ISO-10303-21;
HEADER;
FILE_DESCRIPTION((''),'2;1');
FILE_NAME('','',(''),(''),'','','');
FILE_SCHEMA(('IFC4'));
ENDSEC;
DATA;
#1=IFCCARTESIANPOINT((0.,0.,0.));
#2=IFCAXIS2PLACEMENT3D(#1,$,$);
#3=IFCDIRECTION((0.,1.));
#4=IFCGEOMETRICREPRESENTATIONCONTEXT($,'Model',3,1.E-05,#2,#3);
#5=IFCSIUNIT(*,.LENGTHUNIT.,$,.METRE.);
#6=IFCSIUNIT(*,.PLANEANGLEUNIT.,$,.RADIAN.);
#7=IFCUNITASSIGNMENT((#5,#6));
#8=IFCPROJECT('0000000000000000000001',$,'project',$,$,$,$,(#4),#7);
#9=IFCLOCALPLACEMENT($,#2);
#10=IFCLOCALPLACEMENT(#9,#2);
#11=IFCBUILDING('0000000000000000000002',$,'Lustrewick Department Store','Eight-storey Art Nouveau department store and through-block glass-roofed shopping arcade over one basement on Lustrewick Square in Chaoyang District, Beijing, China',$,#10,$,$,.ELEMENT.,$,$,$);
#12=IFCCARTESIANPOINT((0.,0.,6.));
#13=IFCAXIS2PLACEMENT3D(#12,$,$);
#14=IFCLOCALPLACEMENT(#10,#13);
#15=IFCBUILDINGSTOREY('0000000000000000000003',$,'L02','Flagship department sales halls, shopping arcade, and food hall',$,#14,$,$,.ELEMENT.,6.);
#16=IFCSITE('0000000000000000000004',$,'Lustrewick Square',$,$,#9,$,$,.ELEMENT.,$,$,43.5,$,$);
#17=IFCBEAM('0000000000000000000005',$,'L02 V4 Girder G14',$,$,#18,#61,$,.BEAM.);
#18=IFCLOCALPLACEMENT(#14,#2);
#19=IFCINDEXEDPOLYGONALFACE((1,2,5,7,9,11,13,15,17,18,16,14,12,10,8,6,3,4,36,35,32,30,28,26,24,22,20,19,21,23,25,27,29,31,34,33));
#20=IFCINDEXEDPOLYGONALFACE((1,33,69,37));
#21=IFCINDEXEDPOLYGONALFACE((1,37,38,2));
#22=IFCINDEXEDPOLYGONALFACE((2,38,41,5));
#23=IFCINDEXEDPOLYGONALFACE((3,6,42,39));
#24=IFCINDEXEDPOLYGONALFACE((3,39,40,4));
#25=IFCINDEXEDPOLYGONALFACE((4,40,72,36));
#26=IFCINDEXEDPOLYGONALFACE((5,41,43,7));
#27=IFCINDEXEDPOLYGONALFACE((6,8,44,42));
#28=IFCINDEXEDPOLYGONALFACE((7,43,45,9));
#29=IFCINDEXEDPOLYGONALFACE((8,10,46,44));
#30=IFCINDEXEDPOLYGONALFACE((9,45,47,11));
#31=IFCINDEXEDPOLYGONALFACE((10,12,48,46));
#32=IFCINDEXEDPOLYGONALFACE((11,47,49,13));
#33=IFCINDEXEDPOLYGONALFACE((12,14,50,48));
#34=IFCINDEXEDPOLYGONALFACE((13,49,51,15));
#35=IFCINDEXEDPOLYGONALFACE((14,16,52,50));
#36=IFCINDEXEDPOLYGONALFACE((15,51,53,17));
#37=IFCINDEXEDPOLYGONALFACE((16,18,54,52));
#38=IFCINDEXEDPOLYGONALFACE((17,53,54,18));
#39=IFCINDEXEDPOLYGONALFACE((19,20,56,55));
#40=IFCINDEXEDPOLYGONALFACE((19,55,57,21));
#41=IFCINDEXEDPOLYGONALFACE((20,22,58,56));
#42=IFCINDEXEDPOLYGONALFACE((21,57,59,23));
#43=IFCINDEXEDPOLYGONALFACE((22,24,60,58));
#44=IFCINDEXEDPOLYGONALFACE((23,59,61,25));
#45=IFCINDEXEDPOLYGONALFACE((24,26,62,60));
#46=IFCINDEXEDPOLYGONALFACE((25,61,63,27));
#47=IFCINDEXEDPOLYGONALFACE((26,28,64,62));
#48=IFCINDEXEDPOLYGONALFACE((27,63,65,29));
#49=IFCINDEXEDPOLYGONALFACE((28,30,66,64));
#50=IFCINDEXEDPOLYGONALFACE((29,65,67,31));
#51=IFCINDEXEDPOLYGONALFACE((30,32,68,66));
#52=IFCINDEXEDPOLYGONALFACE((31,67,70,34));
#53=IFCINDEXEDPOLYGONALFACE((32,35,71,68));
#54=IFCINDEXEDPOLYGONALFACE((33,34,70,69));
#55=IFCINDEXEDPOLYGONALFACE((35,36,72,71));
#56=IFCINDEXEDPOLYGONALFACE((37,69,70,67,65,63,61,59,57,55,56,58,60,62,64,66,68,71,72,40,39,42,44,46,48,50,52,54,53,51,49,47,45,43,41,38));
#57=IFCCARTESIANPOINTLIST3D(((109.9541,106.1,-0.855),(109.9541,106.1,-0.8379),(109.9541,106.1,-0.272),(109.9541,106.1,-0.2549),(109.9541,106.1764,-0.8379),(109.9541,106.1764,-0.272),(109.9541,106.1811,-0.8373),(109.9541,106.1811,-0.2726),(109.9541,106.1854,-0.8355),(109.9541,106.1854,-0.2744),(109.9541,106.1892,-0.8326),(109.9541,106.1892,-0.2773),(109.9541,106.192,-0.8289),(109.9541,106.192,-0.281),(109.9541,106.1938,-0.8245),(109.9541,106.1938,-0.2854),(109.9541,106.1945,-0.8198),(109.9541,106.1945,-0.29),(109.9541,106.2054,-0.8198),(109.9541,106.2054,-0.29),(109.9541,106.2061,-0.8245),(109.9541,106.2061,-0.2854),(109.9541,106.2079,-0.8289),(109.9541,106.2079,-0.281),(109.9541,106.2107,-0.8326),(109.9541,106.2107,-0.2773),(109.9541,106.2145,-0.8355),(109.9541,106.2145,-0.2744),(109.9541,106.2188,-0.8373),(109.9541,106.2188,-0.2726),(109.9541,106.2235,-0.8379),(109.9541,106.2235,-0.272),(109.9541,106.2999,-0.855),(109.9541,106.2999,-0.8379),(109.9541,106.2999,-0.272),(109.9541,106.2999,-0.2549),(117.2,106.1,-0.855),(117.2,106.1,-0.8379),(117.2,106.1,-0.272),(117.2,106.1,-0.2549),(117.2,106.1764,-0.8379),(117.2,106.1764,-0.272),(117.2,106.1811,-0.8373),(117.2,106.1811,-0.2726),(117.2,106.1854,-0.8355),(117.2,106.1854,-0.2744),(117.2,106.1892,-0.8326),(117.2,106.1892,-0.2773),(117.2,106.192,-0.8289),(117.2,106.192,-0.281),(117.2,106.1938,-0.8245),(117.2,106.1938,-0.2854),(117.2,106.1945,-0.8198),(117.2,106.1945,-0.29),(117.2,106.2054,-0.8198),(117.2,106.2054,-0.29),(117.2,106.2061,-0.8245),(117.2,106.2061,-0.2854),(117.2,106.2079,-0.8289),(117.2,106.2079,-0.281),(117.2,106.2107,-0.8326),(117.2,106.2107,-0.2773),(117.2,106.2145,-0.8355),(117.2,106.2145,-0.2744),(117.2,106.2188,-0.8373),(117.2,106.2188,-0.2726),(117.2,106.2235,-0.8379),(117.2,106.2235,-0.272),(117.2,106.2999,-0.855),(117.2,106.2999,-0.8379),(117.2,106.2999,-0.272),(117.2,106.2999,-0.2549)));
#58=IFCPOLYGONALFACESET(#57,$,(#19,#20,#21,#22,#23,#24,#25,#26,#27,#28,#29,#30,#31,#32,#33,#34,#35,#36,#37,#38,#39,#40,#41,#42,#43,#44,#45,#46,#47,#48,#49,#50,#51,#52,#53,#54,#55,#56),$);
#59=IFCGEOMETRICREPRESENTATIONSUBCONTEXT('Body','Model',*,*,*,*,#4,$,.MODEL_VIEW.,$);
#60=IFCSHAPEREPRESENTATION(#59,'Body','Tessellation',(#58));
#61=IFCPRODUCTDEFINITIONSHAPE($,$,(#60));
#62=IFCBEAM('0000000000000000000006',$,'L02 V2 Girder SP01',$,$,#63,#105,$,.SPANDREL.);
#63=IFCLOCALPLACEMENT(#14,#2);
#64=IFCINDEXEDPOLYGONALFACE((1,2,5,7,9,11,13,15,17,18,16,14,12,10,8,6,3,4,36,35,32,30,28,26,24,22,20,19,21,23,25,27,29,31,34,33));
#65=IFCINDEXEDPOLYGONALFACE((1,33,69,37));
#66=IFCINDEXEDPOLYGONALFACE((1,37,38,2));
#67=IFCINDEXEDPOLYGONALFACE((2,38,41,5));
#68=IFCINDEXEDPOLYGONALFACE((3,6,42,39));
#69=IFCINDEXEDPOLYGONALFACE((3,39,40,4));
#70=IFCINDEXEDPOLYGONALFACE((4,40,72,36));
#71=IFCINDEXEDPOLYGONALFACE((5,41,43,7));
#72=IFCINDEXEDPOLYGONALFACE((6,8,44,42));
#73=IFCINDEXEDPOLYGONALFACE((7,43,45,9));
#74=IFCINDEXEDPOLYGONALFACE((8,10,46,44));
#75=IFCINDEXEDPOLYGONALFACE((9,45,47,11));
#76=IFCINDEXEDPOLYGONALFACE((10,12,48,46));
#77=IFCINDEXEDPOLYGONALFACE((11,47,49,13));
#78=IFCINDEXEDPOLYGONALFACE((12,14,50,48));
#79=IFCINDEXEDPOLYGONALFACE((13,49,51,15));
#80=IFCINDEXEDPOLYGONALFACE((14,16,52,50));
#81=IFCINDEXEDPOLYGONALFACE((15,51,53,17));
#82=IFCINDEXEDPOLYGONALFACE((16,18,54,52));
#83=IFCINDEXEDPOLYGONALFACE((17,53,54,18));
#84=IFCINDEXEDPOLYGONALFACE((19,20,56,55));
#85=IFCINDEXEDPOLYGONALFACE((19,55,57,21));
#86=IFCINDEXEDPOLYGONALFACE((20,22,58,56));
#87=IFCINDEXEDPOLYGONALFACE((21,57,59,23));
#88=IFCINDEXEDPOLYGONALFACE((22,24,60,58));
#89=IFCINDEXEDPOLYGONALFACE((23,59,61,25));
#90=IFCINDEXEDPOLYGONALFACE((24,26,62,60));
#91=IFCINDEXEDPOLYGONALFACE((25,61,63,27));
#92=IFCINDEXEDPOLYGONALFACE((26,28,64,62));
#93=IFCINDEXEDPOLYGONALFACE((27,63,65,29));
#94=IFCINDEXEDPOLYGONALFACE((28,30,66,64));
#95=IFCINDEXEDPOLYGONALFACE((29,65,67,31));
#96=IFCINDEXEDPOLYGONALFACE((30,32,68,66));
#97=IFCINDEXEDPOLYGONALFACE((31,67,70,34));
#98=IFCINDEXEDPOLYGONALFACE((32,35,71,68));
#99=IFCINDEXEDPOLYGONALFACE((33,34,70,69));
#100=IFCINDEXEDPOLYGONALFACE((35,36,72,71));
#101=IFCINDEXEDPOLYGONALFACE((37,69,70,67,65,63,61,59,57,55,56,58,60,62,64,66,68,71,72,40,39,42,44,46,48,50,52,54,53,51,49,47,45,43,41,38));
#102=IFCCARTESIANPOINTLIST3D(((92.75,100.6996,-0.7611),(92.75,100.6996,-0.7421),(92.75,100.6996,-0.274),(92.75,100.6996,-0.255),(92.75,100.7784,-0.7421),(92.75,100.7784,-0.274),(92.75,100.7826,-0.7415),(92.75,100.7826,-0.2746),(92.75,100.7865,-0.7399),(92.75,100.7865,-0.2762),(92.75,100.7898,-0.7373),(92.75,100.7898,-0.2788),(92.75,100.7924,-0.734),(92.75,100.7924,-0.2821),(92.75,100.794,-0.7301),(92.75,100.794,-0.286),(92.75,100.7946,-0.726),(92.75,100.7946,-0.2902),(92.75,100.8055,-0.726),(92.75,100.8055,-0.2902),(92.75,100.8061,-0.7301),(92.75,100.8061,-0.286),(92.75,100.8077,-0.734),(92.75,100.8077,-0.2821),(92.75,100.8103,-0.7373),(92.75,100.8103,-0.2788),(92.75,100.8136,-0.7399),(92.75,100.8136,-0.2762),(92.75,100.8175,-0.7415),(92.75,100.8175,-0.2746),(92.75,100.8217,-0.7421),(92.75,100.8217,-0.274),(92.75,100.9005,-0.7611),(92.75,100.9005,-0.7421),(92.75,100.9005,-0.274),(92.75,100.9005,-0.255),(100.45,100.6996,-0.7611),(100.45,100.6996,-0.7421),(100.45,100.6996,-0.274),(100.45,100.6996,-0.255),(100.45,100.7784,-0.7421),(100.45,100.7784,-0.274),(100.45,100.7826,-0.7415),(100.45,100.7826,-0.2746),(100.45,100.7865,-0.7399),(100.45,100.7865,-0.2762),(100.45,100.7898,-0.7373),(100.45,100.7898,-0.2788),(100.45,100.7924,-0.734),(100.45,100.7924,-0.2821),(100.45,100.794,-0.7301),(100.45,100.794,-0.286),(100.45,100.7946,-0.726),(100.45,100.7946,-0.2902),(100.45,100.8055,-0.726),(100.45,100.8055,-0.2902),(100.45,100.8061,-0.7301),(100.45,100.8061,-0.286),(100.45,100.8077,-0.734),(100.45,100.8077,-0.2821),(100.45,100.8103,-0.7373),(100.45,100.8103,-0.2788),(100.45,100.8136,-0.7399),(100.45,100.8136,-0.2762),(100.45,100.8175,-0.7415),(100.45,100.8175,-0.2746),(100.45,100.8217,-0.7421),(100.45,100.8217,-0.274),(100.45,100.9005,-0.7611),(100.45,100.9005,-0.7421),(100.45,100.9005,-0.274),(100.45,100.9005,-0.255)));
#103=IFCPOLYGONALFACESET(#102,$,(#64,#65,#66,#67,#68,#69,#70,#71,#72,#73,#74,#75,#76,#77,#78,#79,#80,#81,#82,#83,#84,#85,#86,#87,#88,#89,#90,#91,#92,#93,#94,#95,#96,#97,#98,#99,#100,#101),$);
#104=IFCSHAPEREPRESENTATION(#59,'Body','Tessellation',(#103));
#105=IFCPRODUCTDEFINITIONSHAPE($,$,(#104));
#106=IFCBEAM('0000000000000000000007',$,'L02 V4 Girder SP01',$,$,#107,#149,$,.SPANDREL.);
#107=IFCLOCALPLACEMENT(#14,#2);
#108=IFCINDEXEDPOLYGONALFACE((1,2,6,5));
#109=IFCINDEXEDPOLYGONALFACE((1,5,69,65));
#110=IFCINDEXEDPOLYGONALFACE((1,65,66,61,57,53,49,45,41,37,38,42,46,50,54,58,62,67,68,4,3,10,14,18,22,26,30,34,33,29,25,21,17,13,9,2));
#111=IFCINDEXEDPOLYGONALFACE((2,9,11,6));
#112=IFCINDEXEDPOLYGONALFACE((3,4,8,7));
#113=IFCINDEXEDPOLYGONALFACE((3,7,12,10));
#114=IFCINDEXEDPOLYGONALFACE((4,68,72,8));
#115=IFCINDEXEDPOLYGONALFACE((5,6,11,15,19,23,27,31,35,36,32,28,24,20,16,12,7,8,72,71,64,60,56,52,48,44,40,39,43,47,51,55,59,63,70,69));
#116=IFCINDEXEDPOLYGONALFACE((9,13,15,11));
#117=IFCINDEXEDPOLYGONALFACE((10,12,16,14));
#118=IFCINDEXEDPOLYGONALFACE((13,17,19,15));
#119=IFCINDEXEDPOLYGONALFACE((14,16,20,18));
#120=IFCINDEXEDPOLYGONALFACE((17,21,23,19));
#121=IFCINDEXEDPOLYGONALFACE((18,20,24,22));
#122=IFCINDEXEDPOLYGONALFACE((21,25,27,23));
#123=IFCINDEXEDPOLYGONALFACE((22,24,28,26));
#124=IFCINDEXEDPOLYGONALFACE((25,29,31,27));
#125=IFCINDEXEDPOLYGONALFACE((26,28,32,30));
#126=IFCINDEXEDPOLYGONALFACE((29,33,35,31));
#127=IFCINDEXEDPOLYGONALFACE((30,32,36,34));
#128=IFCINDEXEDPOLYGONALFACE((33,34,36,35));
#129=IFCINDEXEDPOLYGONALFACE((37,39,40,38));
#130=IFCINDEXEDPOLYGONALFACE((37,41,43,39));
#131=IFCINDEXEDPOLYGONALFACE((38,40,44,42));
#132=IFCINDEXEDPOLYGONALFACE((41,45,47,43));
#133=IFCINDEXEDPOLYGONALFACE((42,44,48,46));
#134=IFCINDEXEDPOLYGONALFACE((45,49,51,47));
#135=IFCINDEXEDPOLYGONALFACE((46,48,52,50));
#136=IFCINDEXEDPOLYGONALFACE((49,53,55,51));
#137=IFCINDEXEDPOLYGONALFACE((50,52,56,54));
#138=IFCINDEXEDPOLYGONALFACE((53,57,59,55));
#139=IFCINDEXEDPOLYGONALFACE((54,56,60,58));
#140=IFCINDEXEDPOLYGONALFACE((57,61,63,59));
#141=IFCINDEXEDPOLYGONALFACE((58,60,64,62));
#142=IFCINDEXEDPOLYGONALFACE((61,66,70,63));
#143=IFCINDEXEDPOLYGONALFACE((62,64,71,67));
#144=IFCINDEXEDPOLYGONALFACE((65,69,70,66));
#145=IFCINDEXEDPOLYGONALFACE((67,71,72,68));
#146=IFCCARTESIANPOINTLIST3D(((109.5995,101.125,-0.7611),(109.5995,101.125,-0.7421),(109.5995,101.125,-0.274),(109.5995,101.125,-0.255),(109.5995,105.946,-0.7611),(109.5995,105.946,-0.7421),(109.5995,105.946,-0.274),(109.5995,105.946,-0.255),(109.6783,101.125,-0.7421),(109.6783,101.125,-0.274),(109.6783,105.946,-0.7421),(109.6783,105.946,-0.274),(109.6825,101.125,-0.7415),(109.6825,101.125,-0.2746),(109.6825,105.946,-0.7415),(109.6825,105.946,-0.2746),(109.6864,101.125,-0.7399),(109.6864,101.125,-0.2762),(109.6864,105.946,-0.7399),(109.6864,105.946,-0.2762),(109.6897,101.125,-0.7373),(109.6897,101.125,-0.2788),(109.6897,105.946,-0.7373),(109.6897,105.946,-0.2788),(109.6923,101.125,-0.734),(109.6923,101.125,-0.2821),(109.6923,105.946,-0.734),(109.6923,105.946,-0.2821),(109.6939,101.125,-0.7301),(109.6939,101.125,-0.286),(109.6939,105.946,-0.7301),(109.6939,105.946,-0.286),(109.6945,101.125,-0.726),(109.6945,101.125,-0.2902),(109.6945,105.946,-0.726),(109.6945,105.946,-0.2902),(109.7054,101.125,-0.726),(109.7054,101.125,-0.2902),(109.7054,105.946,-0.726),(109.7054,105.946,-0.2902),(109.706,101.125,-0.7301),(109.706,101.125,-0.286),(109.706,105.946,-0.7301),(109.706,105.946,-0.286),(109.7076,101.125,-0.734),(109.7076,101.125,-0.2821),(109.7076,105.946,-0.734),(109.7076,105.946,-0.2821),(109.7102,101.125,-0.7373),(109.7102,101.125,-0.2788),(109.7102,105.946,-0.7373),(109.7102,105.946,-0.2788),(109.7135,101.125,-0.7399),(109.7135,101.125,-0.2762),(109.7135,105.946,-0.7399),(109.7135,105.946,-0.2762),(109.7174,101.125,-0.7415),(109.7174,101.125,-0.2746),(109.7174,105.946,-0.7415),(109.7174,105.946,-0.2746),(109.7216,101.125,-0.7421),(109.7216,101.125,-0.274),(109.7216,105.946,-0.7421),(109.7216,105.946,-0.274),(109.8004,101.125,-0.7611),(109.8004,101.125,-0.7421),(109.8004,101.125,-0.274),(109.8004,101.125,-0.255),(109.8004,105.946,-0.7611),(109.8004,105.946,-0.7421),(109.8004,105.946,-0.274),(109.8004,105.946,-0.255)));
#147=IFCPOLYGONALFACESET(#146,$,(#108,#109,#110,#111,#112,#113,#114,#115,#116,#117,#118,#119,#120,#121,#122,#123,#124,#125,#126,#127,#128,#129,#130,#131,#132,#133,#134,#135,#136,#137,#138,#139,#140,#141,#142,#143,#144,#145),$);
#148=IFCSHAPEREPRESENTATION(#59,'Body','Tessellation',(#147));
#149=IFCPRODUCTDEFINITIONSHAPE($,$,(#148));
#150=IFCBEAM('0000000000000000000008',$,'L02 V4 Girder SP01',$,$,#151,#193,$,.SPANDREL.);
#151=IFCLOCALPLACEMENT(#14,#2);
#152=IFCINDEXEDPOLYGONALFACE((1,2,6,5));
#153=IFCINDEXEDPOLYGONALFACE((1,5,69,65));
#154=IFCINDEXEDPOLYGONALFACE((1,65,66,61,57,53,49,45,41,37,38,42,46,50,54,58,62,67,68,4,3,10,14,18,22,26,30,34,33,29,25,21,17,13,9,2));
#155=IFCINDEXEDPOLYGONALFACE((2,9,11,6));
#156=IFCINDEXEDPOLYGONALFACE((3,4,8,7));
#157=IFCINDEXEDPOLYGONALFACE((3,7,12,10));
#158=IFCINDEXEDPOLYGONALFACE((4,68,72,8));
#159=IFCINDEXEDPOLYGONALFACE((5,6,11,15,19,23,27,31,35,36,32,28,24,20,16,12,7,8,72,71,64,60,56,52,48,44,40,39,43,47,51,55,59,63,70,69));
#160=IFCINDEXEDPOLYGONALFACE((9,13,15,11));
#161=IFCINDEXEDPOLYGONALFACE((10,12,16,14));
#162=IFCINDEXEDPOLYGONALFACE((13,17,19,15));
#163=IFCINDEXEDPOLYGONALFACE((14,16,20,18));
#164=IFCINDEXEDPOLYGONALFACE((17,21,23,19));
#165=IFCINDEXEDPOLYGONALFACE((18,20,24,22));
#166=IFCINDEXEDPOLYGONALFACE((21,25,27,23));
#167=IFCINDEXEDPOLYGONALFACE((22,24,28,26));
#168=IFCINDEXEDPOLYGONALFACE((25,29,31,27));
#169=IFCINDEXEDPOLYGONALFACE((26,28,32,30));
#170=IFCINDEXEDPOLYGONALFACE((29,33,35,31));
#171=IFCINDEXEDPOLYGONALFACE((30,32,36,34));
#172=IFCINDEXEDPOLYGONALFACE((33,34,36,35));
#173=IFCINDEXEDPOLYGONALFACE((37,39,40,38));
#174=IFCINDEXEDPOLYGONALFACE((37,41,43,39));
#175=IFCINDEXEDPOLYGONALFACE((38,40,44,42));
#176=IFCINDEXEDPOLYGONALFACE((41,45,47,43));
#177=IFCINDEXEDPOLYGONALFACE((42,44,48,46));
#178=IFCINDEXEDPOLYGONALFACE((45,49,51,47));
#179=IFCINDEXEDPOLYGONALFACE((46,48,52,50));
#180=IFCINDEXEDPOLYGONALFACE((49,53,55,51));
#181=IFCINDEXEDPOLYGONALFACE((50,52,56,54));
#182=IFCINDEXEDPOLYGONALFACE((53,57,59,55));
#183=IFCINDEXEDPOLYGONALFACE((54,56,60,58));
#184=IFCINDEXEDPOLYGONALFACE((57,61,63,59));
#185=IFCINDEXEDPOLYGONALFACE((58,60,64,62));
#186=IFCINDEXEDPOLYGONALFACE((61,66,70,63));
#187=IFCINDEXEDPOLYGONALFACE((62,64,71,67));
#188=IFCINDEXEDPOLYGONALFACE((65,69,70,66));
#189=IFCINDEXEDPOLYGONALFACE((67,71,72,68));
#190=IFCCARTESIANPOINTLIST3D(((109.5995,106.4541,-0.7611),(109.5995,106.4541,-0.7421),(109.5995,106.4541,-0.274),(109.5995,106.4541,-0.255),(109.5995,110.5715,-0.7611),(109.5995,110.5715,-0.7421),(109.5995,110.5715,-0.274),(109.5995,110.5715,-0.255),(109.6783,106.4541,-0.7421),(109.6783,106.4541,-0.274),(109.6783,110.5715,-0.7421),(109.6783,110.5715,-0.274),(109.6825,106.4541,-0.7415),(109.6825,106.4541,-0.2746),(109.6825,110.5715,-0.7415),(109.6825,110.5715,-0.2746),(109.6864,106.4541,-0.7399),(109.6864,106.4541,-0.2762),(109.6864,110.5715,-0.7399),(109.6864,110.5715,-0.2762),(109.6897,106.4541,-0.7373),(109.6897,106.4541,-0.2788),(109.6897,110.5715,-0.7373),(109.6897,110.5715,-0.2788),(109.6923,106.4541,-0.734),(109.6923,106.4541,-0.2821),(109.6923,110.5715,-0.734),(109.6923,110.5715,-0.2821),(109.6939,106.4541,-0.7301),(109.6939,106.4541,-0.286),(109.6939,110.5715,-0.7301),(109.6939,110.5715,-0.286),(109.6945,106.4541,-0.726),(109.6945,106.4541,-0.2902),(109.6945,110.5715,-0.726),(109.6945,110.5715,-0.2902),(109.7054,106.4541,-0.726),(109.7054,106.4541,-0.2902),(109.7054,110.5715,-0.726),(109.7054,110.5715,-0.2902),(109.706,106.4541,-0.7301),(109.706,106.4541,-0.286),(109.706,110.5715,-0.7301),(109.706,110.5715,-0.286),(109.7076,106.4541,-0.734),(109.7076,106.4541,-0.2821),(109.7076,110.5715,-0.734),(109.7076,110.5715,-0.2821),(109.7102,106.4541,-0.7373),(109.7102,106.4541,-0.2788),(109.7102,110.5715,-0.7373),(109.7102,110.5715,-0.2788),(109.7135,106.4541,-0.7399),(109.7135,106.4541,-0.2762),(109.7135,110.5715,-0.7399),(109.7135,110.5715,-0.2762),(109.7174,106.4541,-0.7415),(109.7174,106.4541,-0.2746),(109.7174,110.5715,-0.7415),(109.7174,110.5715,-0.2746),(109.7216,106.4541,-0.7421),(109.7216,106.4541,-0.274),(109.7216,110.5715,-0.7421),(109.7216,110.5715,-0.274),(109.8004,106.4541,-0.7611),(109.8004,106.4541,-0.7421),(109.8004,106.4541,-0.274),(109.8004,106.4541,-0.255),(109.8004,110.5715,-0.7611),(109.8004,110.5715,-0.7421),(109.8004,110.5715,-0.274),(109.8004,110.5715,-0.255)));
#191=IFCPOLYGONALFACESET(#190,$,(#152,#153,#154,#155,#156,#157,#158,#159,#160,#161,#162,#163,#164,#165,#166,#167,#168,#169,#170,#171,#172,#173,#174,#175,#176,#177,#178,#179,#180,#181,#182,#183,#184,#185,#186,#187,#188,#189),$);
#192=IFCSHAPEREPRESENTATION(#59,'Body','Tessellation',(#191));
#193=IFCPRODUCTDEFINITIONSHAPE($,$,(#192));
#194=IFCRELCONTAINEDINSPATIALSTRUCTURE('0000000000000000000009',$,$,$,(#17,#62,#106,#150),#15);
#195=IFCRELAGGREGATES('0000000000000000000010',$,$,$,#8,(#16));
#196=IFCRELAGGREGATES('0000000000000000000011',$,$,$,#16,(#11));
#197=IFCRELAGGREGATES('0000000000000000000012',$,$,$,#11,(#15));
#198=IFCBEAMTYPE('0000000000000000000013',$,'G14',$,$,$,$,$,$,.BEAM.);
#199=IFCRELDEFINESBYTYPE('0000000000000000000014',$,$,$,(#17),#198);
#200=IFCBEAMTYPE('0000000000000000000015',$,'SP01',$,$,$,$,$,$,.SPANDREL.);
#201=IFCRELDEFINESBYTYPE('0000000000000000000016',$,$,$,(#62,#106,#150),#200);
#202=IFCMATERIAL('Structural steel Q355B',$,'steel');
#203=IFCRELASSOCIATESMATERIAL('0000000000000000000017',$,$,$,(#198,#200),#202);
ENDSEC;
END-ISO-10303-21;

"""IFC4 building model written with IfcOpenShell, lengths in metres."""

from ifc_helpers import new_model, si_unit, direction, frame, origin, origin_2d, place, context, subcontext, project, spatial, i_section, extrude, material, material_profile, profile_set, type_object, element, save


model = new_model("IFC4")

# Units and contexts
model_context = context("Model", 3, precision=1e-05, world=origin(), true_north=direction((0.0, 1.0)))
body_context = subcontext(model_context, "Body", "Model", "MODEL_VIEW")
ifc_project = project(units=[si_unit("LENGTHUNIT", "METRE"), si_unit("PLANEANGLEUNIT", "RADIAN")], contexts=[model_context])

# Site, building, storey
site_placement = place(None, origin())
site = spatial("IfcSite", under=ifc_project, at=site_placement, Name="Lustrewick Square", CompositionType="ELEMENT", RefElevation=43.5)
building_placement = place(site_placement, origin())
building = spatial("IfcBuilding", under=site, at=building_placement, Name="Lustrewick Department Store", Description="Eight-storey Art Nouveau department store and through-block glass-roofed shopping arcade over one basement on Lustrewick Square in Chaoyang District, Beijing, China", CompositionType="ELEMENT")
storey_placement = place(building_placement, frame((0.0, 0.0, 6.0)))
storey = spatial("IfcBuildingStorey", under=building, at=storey_placement, Name="L02", Description="Flagship department sales halls, shopping arcade, and food hall", CompositionType="ELEMENT", Elevation=6.0)

# Shared definitions
ifc_material_1 = material(Name="Structural steel Q355B", Category="steel")

# Beams
ifc_material_profile_1 = material_profile(ifc_material_1, i_section(OverallWidth=0.2, OverallDepth=0.6001, WebThickness=0.011, FlangeThickness=0.0171, FilletRadius=0.0181, at=origin_2d()), Name="HN 600x200x11x17")
ifc_profile_set_1 = profile_set([ifc_material_profile_1], Name="Structural steel Q355B")
beam_type_1 = type_object("IfcBeamType", Name="G14", PredefinedType="BEAM", material=ifc_profile_set_1)
beam_1_placement = place(storey_placement, frame((109.9541, 106.2, -0.5549), z_axis=(1.0, 0.0, 0.0), x_axis=(0.0, 1.0, 0.0)))
element("IfcBeam", 1, at=beam_1_placement, inside=storey, type_object=beam_type_1, Name="L02 V4 Girder G14", PredefinedType="BEAM", context=body_context, shape_type="SweptSolid", body=[
    extrude(i_section(OverallWidth=0.2, OverallDepth=0.6001, WebThickness=0.011, FlangeThickness=0.0171, FilletRadius=0.0181, at=origin_2d()), origin(), (0.0, 0.0, 1.0), 7.2458),
])
ifc_material_profile_2 = material_profile(ifc_material_1, i_section(OverallWidth=0.2009, OverallDepth=0.5061, WebThickness=0.011, FlangeThickness=0.019, FilletRadius=0.0161, at=origin_2d()), Name="HN 506x201x11x19")
ifc_profile_set_2 = profile_set([ifc_material_profile_2], Name="Structural steel Q355B")
beam_type_2 = type_object("IfcBeamType", Name="SP01", PredefinedType="SPANDREL", material=ifc_profile_set_2)
beam_2_placement = place(storey_placement, frame((92.75, 100.8, -0.5081), z_axis=(1.0, 0.0, 0.0), x_axis=(0.0, 1.0, 0.0)))
element("IfcBeam", 2, at=beam_2_placement, inside=storey, type_object=beam_type_2, Name="L02 V2 Girder SP01", PredefinedType="SPANDREL", context=body_context, shape_type="SweptSolid", body=[
    extrude(i_section(OverallWidth=0.2009, OverallDepth=0.5061, WebThickness=0.011, FlangeThickness=0.019, FilletRadius=0.0161, at=origin_2d()), origin(), (0.0, 0.0, 1.0), 7.7),
])
beam_3_placement = place(storey_placement, frame((109.7, 101.125, -0.5081), z_axis=(0.0, 1.0, 0.0), x_axis=(-1.0, 0.0, 0.0)))
element("IfcBeam", 3, at=beam_3_placement, inside=storey, type_object=beam_type_2, Name="L02 V4 Girder SP01", PredefinedType="SPANDREL", context=body_context, shape_type="SweptSolid", body=[
    extrude(i_section(OverallWidth=0.2009, OverallDepth=0.5061, WebThickness=0.011, FlangeThickness=0.019, FilletRadius=0.0161, at=origin_2d()), origin(), (0.0, 0.0, 1.0), 4.821),
])
beam_4_placement = place(storey_placement, frame((109.7, 106.4541, -0.5081), z_axis=(0.0, 1.0, 0.0), x_axis=(-1.0, 0.0, 0.0)))
element("IfcBeam", 4, at=beam_4_placement, inside=storey, type_object=beam_type_2, Name="L02 V4 Girder SP01", PredefinedType="SPANDREL", context=body_context, shape_type="SweptSolid", body=[
    extrude(i_section(OverallWidth=0.2009, OverallDepth=0.5061, WebThickness=0.011, FlangeThickness=0.019, FilletRadius=0.0161, at=origin_2d()), origin(), (0.0, 0.0, 1.0), 4.1174),
])

save(model, "model.ifc")
